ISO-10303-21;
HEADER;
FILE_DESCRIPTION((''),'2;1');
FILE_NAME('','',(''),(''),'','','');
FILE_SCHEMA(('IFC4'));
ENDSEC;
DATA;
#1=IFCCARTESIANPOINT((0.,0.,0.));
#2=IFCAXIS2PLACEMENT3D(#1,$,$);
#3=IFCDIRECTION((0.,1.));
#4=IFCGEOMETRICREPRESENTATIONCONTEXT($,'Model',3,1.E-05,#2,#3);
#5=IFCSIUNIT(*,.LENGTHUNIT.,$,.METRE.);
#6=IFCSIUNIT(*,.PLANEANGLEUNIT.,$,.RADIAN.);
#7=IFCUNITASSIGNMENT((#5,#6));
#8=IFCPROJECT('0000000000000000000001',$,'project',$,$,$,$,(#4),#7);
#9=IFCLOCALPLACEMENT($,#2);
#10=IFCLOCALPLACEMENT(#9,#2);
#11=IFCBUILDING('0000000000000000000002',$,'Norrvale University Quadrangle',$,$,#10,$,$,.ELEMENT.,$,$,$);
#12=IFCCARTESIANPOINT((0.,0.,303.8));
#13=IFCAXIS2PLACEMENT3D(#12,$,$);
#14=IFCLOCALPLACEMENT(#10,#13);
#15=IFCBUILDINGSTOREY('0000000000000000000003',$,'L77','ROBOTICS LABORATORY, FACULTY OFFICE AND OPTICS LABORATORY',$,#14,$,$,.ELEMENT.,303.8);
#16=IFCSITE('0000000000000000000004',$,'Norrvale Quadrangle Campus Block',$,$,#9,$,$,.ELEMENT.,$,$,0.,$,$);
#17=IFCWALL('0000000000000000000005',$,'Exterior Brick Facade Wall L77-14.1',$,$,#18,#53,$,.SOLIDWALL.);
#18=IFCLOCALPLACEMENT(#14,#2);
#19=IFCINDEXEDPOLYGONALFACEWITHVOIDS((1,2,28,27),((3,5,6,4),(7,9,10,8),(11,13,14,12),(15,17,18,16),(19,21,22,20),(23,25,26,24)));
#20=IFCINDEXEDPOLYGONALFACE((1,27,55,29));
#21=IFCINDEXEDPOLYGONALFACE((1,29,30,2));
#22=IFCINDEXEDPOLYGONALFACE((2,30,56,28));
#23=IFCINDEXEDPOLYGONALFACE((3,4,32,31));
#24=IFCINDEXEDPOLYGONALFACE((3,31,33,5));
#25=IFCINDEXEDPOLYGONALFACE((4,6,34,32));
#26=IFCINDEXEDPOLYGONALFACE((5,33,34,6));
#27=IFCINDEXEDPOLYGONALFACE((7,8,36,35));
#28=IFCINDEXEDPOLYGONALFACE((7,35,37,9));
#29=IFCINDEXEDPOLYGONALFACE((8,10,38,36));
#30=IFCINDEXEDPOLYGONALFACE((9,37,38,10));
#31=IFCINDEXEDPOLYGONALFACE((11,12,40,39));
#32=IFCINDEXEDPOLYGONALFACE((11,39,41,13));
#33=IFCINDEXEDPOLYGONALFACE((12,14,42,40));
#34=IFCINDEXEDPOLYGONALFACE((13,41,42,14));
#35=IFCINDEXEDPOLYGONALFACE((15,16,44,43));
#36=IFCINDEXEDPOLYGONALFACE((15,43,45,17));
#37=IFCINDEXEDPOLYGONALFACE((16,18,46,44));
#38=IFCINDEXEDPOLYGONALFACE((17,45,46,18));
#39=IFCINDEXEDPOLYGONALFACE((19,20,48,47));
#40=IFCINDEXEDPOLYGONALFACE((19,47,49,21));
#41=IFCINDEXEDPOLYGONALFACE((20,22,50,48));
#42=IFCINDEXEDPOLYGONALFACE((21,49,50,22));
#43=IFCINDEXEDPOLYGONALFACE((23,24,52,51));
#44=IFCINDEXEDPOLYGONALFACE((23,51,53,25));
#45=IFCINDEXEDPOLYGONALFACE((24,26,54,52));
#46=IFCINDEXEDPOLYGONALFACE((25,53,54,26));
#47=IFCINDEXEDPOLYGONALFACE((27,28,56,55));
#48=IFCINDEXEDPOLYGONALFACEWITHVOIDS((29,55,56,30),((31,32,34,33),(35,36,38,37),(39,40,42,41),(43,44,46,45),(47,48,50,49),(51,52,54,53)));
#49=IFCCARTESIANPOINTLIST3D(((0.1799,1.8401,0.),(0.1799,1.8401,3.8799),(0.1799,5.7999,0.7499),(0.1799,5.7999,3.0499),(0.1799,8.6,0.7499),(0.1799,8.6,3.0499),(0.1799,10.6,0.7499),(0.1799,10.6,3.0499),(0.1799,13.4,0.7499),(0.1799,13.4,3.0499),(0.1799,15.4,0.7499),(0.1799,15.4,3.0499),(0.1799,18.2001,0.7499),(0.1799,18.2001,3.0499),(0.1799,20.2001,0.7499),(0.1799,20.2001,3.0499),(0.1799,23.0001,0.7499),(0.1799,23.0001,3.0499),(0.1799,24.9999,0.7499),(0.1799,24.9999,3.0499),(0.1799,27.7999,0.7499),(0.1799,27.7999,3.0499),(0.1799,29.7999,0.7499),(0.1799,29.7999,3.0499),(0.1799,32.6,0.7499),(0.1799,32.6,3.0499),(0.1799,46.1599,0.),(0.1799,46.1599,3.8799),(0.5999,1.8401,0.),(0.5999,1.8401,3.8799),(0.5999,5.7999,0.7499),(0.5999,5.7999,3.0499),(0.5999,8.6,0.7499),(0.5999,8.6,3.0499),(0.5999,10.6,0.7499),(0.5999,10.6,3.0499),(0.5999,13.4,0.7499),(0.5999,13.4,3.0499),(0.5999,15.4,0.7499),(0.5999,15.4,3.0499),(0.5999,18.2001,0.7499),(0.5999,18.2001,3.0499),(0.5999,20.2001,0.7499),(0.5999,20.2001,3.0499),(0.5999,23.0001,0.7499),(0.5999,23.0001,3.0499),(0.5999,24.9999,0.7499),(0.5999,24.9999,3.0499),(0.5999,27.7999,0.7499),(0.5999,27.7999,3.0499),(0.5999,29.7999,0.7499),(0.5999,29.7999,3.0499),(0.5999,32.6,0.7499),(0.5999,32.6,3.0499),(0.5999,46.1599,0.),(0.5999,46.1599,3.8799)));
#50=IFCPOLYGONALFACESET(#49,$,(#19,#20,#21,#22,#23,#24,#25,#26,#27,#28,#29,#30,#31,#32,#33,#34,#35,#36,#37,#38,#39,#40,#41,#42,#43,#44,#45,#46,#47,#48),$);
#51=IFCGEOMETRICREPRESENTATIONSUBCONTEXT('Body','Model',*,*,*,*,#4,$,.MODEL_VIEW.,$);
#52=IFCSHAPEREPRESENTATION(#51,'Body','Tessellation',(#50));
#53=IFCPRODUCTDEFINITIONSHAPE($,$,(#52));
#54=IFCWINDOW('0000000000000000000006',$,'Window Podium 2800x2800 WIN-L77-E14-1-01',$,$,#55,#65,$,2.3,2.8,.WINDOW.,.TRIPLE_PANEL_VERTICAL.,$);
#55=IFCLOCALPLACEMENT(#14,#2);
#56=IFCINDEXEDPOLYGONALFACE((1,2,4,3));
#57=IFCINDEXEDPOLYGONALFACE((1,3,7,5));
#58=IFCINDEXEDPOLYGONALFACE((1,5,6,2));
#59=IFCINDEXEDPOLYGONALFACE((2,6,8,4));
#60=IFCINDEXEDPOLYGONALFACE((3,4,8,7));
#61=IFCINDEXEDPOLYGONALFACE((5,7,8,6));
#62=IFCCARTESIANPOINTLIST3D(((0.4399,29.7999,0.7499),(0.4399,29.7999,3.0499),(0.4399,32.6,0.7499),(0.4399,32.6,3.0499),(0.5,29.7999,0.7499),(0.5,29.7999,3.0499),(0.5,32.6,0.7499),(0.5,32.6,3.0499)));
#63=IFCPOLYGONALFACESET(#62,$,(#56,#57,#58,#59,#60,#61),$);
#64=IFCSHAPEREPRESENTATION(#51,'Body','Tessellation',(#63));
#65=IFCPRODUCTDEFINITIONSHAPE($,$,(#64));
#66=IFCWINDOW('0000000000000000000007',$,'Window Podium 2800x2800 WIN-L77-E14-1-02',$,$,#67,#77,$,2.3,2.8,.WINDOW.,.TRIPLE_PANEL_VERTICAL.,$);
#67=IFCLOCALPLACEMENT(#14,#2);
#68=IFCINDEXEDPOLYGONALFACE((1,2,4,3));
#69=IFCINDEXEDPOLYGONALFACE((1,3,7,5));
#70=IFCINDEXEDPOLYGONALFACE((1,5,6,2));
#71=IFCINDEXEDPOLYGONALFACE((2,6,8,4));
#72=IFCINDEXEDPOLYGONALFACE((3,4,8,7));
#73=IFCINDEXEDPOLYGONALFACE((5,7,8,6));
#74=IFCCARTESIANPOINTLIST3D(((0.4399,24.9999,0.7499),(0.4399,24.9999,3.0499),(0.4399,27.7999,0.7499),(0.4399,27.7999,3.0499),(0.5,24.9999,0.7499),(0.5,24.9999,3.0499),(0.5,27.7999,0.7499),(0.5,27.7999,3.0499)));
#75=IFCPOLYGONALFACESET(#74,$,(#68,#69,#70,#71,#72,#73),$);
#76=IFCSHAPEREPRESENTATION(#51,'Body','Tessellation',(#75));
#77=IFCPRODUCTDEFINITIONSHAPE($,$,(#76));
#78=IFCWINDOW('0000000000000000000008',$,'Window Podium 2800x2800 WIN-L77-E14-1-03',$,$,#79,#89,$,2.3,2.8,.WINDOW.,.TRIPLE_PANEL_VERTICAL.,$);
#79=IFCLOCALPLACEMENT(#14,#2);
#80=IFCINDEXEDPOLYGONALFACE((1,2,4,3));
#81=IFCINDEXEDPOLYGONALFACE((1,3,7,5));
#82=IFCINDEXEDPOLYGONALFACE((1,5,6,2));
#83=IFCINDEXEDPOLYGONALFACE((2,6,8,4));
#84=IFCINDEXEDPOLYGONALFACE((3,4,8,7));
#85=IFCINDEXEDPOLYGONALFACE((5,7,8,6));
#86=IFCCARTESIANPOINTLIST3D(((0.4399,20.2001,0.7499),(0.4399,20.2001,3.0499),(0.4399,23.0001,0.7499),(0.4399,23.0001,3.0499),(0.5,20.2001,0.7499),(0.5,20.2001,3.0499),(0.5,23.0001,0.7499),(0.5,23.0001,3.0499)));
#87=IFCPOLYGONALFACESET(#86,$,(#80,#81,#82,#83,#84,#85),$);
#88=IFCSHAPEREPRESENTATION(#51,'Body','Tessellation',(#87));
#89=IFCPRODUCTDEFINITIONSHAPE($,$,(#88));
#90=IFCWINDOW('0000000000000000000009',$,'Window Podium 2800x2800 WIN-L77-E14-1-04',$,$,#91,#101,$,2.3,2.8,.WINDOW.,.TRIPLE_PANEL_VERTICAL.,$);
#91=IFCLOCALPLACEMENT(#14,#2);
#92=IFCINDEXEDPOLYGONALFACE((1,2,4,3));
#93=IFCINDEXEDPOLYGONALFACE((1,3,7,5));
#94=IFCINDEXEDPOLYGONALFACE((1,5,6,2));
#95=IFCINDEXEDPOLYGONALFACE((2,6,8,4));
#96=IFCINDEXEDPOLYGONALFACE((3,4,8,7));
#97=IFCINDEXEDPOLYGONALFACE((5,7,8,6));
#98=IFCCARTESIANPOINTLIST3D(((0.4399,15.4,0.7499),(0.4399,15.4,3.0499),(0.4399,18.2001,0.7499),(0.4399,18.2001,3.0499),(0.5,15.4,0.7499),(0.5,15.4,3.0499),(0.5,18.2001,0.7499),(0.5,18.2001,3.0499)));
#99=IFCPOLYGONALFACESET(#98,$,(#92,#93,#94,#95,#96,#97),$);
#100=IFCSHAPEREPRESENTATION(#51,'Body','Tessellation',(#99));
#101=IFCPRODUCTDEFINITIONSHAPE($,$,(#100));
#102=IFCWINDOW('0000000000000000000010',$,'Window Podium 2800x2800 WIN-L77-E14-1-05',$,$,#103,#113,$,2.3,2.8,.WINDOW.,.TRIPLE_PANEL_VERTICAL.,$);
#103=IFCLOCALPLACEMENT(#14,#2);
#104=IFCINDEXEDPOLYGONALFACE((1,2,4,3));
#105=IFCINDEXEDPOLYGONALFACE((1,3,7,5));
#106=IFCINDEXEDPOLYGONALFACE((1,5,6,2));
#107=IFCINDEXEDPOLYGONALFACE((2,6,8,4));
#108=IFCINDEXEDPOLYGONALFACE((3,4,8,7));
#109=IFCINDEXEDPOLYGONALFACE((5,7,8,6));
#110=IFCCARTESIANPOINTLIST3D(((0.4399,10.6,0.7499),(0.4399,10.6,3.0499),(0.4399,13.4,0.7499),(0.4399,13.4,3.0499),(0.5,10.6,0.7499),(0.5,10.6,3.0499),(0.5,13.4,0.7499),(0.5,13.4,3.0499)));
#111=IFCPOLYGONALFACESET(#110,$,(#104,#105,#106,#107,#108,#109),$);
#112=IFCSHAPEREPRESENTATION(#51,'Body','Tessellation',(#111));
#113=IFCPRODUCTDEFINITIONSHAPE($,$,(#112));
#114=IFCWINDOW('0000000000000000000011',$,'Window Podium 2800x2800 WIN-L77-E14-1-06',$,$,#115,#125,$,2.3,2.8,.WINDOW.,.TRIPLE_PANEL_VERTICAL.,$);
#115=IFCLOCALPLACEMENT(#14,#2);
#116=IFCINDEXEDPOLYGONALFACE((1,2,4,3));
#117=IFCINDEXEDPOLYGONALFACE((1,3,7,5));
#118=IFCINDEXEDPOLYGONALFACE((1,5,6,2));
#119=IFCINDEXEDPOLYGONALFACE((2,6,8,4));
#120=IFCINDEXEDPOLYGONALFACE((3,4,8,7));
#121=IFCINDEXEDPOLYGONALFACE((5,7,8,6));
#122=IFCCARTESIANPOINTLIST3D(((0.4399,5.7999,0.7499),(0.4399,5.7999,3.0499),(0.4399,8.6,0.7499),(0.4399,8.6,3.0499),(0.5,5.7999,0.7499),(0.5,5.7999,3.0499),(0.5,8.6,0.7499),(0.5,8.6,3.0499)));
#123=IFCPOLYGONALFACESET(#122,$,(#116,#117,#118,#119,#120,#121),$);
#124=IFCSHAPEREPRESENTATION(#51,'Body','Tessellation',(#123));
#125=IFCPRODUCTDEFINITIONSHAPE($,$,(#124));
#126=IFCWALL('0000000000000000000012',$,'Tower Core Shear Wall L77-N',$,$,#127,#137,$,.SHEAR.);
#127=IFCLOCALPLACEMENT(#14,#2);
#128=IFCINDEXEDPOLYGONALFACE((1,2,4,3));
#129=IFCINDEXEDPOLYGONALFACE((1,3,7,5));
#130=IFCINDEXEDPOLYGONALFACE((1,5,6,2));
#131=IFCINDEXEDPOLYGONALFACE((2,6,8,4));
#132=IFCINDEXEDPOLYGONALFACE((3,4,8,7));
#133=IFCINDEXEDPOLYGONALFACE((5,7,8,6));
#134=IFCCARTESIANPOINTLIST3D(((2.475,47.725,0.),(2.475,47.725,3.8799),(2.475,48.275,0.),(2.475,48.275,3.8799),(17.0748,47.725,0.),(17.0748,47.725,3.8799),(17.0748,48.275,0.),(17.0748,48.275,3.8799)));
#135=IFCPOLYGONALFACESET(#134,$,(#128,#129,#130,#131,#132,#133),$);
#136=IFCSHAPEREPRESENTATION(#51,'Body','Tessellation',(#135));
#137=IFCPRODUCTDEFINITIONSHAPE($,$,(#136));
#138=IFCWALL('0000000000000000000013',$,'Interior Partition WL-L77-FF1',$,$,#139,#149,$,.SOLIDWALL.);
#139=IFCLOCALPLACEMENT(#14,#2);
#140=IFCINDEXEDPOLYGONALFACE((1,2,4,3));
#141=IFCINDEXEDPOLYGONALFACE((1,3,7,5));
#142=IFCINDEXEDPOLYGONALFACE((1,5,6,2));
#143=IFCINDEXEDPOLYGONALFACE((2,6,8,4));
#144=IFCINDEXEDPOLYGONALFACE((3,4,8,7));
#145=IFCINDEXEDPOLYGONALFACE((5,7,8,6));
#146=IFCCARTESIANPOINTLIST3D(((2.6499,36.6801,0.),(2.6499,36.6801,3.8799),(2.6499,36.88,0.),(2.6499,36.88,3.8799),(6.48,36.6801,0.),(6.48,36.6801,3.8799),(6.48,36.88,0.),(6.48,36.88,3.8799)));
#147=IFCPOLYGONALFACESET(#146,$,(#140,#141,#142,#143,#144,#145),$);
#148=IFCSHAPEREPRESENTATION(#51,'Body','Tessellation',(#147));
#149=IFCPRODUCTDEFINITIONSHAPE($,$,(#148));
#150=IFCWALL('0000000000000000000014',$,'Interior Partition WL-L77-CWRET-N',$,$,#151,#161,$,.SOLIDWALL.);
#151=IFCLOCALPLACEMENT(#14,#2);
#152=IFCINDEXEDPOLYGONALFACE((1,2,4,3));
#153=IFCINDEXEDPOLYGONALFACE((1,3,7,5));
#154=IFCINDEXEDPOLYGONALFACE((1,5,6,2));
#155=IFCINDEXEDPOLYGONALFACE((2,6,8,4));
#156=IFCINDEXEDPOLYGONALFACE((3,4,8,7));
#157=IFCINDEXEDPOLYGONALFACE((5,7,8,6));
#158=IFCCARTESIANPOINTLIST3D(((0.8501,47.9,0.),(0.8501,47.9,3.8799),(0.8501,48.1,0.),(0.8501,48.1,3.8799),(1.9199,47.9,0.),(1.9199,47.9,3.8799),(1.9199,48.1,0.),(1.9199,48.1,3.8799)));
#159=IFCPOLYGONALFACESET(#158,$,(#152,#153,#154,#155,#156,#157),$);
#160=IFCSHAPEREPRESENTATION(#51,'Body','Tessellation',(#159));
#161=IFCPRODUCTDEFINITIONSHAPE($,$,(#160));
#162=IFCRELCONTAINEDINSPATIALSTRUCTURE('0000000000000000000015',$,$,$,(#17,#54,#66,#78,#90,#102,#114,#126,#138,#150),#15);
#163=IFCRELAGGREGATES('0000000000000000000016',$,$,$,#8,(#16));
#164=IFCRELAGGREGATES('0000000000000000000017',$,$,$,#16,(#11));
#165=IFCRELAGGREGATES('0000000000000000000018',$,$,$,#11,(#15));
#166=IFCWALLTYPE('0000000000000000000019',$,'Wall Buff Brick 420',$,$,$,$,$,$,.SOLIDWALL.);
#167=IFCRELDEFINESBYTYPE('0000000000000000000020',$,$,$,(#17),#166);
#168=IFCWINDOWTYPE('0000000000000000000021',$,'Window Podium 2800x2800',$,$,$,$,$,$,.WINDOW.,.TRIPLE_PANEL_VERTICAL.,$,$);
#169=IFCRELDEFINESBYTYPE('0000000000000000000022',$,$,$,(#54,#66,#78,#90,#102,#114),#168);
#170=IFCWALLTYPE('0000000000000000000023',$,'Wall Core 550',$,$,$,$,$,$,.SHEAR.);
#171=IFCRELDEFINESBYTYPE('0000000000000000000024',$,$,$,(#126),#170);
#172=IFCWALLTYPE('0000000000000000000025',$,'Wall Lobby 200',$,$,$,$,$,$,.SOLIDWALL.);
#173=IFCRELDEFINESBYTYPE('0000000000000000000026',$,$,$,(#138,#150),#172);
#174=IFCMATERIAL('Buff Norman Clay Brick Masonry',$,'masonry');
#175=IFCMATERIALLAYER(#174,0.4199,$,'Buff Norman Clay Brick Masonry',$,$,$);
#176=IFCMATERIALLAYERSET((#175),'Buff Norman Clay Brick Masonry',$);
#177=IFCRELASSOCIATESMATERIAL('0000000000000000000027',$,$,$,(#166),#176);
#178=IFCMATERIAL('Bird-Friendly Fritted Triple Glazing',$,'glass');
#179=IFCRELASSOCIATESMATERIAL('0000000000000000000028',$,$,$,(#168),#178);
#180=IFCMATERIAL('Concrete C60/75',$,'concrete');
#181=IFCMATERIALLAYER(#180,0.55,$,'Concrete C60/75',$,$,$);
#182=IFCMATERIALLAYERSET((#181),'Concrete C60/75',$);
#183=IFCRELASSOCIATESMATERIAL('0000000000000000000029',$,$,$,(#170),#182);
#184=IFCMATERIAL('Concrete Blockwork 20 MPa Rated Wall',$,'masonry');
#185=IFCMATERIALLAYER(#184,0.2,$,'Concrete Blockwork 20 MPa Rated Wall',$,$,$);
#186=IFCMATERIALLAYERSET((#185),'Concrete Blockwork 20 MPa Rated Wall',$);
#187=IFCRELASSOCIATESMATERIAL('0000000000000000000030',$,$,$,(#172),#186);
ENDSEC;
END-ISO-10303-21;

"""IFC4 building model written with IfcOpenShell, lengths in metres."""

from ifc_helpers import new_model, si_unit, direction, frame, frame_2d, origin, place, context, subcontext, project, spatial, rectangle, extrude, material, layer, layer_set, type_object, element, fill, save


model = new_model("IFC4")

# Units and contexts
model_context = context("Model", 3, precision=1e-05, world=origin(), true_north=direction((0.0, 1.0)))
body_context = subcontext(model_context, "Body", "Model", "MODEL_VIEW")
ifc_project = project(units=[si_unit("LENGTHUNIT", "METRE"), si_unit("PLANEANGLEUNIT", "RADIAN")], contexts=[model_context])

# Site, building, storey
site_placement = place(None, origin())
site = spatial("IfcSite", under=ifc_project, at=site_placement, Name="Norrvale Quadrangle Campus Block", CompositionType="ELEMENT", RefElevation=0.0)
building_placement = place(site_placement, origin())
building = spatial("IfcBuilding", under=site, at=building_placement, Name="Norrvale University Quadrangle", CompositionType="ELEMENT")
storey_placement = place(building_placement, frame((0.0, 0.0, 303.8)))
storey = spatial("IfcBuildingStorey", under=building, at=storey_placement, Name="L77", Description="ROBOTICS LABORATORY, FACULTY OFFICE AND OPTICS LABORATORY", CompositionType="ELEMENT", Elevation=303.8)

# Shared definitions
ifc_material_1 = material(Name="Concrete C60/75", Category="concrete")

# Shared definitions
ifc_material_2 = material(Name="Buff Norman Clay Brick Masonry", Category="masonry")
ifc_layer_1 = layer(ifc_material_2, 0.4199, Name="Buff Norman Clay Brick Masonry")
ifc_layer_set_1 = layer_set([ifc_layer_1], Name="Buff Norman Clay Brick Masonry")
wall_type_1 = type_object("IfcWallType", Name="Wall Buff Brick 420", PredefinedType="SOLIDWALL", material=ifc_layer_set_1)

# Wall, openings, windows
wall_1_placement = place(storey_placement, frame((0.3899, 46.1599, 0.0), z_axis=(0.0, 0.0, 1.0), x_axis=(0.0, -1.0, 0.0)))
wall_1 = element("IfcWall", 1, at=wall_1_placement, inside=storey, type_object=wall_type_1, Name="Exterior Brick Facade Wall L77-14.1", PredefinedType="SOLIDWALL", context=body_context, shape_type="SweptSolid", body=[
    extrude(rectangle(XDim=44.3198, YDim=0.4199, at=frame_2d((22.1599, 0.0))), origin(), (0.0, 0.0, 1.0), 3.8799),
])
opening_1_placement = place(wall_1_placement, frame((13.5601, 0.0, 0.75)))
opening_1 = element("IfcOpeningElement", 2, at=opening_1_placement, cuts=wall_1, PredefinedType="OPENING", context=body_context, shape_type="SweptSolid", body=[
    extrude(rectangle(XDim=2.8, YDim=2.3, at=frame_2d((1.3999, 1.1499))), frame((0.0, 0.2219, 0.0), z_axis=(0.0, -1.0, 0.0), x_axis=(1.0, 0.0, 0.0)), (0.0, 0.0, 1.0), 0.4438),
])
opening_2_placement = place(wall_1_placement, frame((18.3601, 0.0, 0.75)))
opening_2 = element("IfcOpeningElement", 3, at=opening_2_placement, cuts=wall_1, PredefinedType="OPENING", context=body_context, shape_type="SweptSolid", body=[
    extrude(rectangle(XDim=2.8, YDim=2.3, at=frame_2d((1.3999, 1.1499))), frame((0.0, 0.2219, 0.0), z_axis=(0.0, -1.0, 0.0), x_axis=(1.0, 0.0, 0.0)), (0.0, 0.0, 1.0), 0.4438),
])
opening_3_placement = place(wall_1_placement, frame((23.1599, 0.0, 0.75)))
opening_3 = element("IfcOpeningElement", 4, at=opening_3_placement, cuts=wall_1, PredefinedType="OPENING", context=body_context, shape_type="SweptSolid", body=[
    extrude(rectangle(XDim=2.8, YDim=2.3, at=frame_2d((1.3999, 1.1499))), frame((0.0, 0.2219, 0.0), z_axis=(0.0, -1.0, 0.0), x_axis=(1.0, 0.0, 0.0)), (0.0, 0.0, 1.0), 0.4438),
])
opening_4_placement = place(wall_1_placement, frame((27.96, 0.0, 0.75)))
opening_4 = element("IfcOpeningElement", 5, at=opening_4_placement, cuts=wall_1, PredefinedType="OPENING", context=body_context, shape_type="SweptSolid", body=[
    extrude(rectangle(XDim=2.8, YDim=2.3, at=frame_2d((1.3999, 1.1499))), frame((0.0, 0.2219, 0.0), z_axis=(0.0, -1.0, 0.0), x_axis=(1.0, 0.0, 0.0)), (0.0, 0.0, 1.0), 0.4438),
])
opening_5_placement = place(wall_1_placement, frame((32.76, 0.0, 0.75)))
opening_5 = element("IfcOpeningElement", 6, at=opening_5_placement, cuts=wall_1, PredefinedType="OPENING", context=body_context, shape_type="SweptSolid", body=[
    extrude(rectangle(XDim=2.8, YDim=2.3, at=frame_2d((1.3999, 1.1499))), frame((0.0, 0.2219, 0.0), z_axis=(0.0, -1.0, 0.0), x_axis=(1.0, 0.0, 0.0)), (0.0, 0.0, 1.0), 0.4438),
])
opening_6_placement = place(wall_1_placement, frame((37.5601, 0.0, 0.75)))
opening_6 = element("IfcOpeningElement", 7, at=opening_6_placement, cuts=wall_1, PredefinedType="OPENING", context=body_context, shape_type="SweptSolid", body=[
    extrude(rectangle(XDim=2.8, YDim=2.3, at=frame_2d((1.3999, 1.1499))), frame((0.0, 0.2219, 0.0), z_axis=(0.0, -1.0, 0.0), x_axis=(1.0, 0.0, 0.0)), (0.0, 0.0, 1.0), 0.4438),
])
ifc_material_3 = material(Name="Bird-Friendly Fritted Triple Glazing", Category="glass")
window_type = type_object("IfcWindowType", Name="Window Podium 2800x2800", PartitioningType="TRIPLE_PANEL_VERTICAL", PredefinedType="WINDOW", material=ifc_material_3)
window_1_placement = place(opening_1_placement, origin())
window_1 = element("IfcWindow", 8, at=window_1_placement, inside=storey, type_object=window_type, Name="Window Podium 2800x2800 WIN-L77-E14-1-01", OverallHeight=2.3, OverallWidth=2.8, PartitioningType="TRIPLE_PANEL_VERTICAL", PredefinedType="WINDOW", context=body_context, shape_type="SweptSolid", body=[
    extrude(rectangle(XDim=2.8, YDim=2.3, at=frame_2d((1.3999, 1.1499))), frame((0.0, 0.1101, 0.0), z_axis=(0.0, -1.0, 0.0), x_axis=(1.0, 0.0, 0.0)), (0.0, 0.0, 1.0), 0.0601),
])
fill(opening_1, window_1)
window_2_placement = place(opening_2_placement, origin())
window_2 = element("IfcWindow", 9, at=window_2_placement, inside=storey, type_object=window_type, Name="Window Podium 2800x2800 WIN-L77-E14-1-02", OverallHeight=2.3, OverallWidth=2.8, PartitioningType="TRIPLE_PANEL_VERTICAL", PredefinedType="WINDOW", context=body_context, shape_type="SweptSolid", body=[
    extrude(rectangle(XDim=2.8, YDim=2.3, at=frame_2d((1.3999, 1.1499))), frame((0.0, 0.1101, 0.0), z_axis=(0.0, -1.0, 0.0), x_axis=(1.0, 0.0, 0.0)), (0.0, 0.0, 1.0), 0.0601),
])
fill(opening_2, window_2)
window_3_placement = place(opening_3_placement, origin())
window_3 = element("IfcWindow", 10, at=window_3_placement, inside=storey, type_object=window_type, Name="Window Podium 2800x2800 WIN-L77-E14-1-03", OverallHeight=2.3, OverallWidth=2.8, PartitioningType="TRIPLE_PANEL_VERTICAL", PredefinedType="WINDOW", context=body_context, shape_type="SweptSolid", body=[
    extrude(rectangle(XDim=2.8, YDim=2.3, at=frame_2d((1.3999, 1.1499))), frame((0.0, 0.1101, 0.0), z_axis=(0.0, -1.0, 0.0), x_axis=(1.0, 0.0, 0.0)), (0.0, 0.0, 1.0), 0.0601),
])
fill(opening_3, window_3)
window_4_placement = place(opening_4_placement, origin())
window_4 = element("IfcWindow", 11, at=window_4_placement, inside=storey, type_object=window_type, Name="Window Podium 2800x2800 WIN-L77-E14-1-04", OverallHeight=2.3, OverallWidth=2.8, PartitioningType="TRIPLE_PANEL_VERTICAL", PredefinedType="WINDOW", context=body_context, shape_type="SweptSolid", body=[
    extrude(rectangle(XDim=2.8, YDim=2.3, at=frame_2d((1.3999, 1.1499))), frame((0.0, 0.1101, 0.0), z_axis=(0.0, -1.0, 0.0), x_axis=(1.0, 0.0, 0.0)), (0.0, 0.0, 1.0), 0.0601),
])
fill(opening_4, window_4)
window_5_placement = place(opening_5_placement, origin())
window_5 = element("IfcWindow", 12, at=window_5_placement, inside=storey, type_object=window_type, Name="Window Podium 2800x2800 WIN-L77-E14-1-05", OverallHeight=2.3, OverallWidth=2.8, PartitioningType="TRIPLE_PANEL_VERTICAL", PredefinedType="WINDOW", context=body_context, shape_type="SweptSolid", body=[
    extrude(rectangle(XDim=2.8, YDim=2.3, at=frame_2d((1.3999, 1.1499))), frame((0.0, 0.1101, 0.0), z_axis=(0.0, -1.0, 0.0), x_axis=(1.0, 0.0, 0.0)), (0.0, 0.0, 1.0), 0.0601),
])
fill(opening_5, window_5)
window_6_placement = place(opening_6_placement, origin())
window_6 = element("IfcWindow", 13, at=window_6_placement, inside=storey, type_object=window_type, Name="Window Podium 2800x2800 WIN-L77-E14-1-06", OverallHeight=2.3, OverallWidth=2.8, PartitioningType="TRIPLE_PANEL_VERTICAL", PredefinedType="WINDOW", context=body_context, shape_type="SweptSolid", body=[
    extrude(rectangle(XDim=2.8, YDim=2.3, at=frame_2d((1.3999, 1.1499))), frame((0.0, 0.1101, 0.0), z_axis=(0.0, -1.0, 0.0), x_axis=(1.0, 0.0, 0.0)), (0.0, 0.0, 1.0), 0.0601),
])
fill(opening_6, window_6)

# Walls
ifc_layer_2 = layer(ifc_material_1, 0.55, Name="Concrete C60/75")
ifc_layer_set_2 = layer_set([ifc_layer_2], Name="Concrete C60/75")
wall_type_2 = type_object("IfcWallType", Name="Wall Core 550", PredefinedType="SHEAR", material=ifc_layer_set_2)
wall_2_placement = place(storey_placement, frame((2.4751, 48.0, 0.0), z_axis=(0.0, 0.0, 1.0), x_axis=(1.0, 0.0, 0.0)))
element("IfcWall", 14, at=wall_2_placement, inside=storey, type_object=wall_type_2, Name="Tower Core Shear Wall L77-N", PredefinedType="SHEAR", context=body_context, shape_type="SweptSolid", body=[
    extrude(rectangle(XDim=14.5999, YDim=0.55, at=frame_2d((7.2998, 0.0))), origin(), (0.0, 0.0, 1.0), 3.8799),
])
ifc_material_4 = material(Name="Concrete Blockwork 20 MPa Rated Wall", Category="masonry")
ifc_layer_3 = layer(ifc_material_4, 0.2, Name="Concrete Blockwork 20 MPa Rated Wall")
ifc_layer_set_3 = layer_set([ifc_layer_3], Name="Concrete Blockwork 20 MPa Rated Wall")
wall_type_3 = type_object("IfcWallType", Name="Wall Lobby 200", PredefinedType="SOLIDWALL", material=ifc_layer_set_3)
wall_3_placement = place(storey_placement, frame((2.6499, 36.78, 0.0), z_axis=(0.0, 0.0, 1.0), x_axis=(1.0, 0.0, 0.0)))
element("IfcWall", 15, at=wall_3_placement, inside=storey, type_object=wall_type_3, Name="Interior Partition WL-L77-FF1", PredefinedType="SOLIDWALL", context=body_context, shape_type="SweptSolid", body=[
    extrude(rectangle(XDim=3.8301, YDim=0.2, at=frame_2d((1.915, 0.0))), origin(), (0.0, 0.0, 1.0), 3.8799),
])
wall_4_placement = place(storey_placement, frame((0.8501, 48.0, 0.0), z_axis=(0.0, 0.0, 1.0), x_axis=(1.0, 0.0, 0.0)))
element("IfcWall", 16, at=wall_4_placement, inside=storey, type_object=wall_type_3, Name="Interior Partition WL-L77-CWRET-N", PredefinedType="SOLIDWALL", context=body_context, shape_type="SweptSolid", body=[
    extrude(rectangle(XDim=1.0698, YDim=0.2, at=frame_2d((0.5349, 0.0))), origin(), (0.0, 0.0, 1.0), 3.8799),
])

save(model, "model.ifc")
